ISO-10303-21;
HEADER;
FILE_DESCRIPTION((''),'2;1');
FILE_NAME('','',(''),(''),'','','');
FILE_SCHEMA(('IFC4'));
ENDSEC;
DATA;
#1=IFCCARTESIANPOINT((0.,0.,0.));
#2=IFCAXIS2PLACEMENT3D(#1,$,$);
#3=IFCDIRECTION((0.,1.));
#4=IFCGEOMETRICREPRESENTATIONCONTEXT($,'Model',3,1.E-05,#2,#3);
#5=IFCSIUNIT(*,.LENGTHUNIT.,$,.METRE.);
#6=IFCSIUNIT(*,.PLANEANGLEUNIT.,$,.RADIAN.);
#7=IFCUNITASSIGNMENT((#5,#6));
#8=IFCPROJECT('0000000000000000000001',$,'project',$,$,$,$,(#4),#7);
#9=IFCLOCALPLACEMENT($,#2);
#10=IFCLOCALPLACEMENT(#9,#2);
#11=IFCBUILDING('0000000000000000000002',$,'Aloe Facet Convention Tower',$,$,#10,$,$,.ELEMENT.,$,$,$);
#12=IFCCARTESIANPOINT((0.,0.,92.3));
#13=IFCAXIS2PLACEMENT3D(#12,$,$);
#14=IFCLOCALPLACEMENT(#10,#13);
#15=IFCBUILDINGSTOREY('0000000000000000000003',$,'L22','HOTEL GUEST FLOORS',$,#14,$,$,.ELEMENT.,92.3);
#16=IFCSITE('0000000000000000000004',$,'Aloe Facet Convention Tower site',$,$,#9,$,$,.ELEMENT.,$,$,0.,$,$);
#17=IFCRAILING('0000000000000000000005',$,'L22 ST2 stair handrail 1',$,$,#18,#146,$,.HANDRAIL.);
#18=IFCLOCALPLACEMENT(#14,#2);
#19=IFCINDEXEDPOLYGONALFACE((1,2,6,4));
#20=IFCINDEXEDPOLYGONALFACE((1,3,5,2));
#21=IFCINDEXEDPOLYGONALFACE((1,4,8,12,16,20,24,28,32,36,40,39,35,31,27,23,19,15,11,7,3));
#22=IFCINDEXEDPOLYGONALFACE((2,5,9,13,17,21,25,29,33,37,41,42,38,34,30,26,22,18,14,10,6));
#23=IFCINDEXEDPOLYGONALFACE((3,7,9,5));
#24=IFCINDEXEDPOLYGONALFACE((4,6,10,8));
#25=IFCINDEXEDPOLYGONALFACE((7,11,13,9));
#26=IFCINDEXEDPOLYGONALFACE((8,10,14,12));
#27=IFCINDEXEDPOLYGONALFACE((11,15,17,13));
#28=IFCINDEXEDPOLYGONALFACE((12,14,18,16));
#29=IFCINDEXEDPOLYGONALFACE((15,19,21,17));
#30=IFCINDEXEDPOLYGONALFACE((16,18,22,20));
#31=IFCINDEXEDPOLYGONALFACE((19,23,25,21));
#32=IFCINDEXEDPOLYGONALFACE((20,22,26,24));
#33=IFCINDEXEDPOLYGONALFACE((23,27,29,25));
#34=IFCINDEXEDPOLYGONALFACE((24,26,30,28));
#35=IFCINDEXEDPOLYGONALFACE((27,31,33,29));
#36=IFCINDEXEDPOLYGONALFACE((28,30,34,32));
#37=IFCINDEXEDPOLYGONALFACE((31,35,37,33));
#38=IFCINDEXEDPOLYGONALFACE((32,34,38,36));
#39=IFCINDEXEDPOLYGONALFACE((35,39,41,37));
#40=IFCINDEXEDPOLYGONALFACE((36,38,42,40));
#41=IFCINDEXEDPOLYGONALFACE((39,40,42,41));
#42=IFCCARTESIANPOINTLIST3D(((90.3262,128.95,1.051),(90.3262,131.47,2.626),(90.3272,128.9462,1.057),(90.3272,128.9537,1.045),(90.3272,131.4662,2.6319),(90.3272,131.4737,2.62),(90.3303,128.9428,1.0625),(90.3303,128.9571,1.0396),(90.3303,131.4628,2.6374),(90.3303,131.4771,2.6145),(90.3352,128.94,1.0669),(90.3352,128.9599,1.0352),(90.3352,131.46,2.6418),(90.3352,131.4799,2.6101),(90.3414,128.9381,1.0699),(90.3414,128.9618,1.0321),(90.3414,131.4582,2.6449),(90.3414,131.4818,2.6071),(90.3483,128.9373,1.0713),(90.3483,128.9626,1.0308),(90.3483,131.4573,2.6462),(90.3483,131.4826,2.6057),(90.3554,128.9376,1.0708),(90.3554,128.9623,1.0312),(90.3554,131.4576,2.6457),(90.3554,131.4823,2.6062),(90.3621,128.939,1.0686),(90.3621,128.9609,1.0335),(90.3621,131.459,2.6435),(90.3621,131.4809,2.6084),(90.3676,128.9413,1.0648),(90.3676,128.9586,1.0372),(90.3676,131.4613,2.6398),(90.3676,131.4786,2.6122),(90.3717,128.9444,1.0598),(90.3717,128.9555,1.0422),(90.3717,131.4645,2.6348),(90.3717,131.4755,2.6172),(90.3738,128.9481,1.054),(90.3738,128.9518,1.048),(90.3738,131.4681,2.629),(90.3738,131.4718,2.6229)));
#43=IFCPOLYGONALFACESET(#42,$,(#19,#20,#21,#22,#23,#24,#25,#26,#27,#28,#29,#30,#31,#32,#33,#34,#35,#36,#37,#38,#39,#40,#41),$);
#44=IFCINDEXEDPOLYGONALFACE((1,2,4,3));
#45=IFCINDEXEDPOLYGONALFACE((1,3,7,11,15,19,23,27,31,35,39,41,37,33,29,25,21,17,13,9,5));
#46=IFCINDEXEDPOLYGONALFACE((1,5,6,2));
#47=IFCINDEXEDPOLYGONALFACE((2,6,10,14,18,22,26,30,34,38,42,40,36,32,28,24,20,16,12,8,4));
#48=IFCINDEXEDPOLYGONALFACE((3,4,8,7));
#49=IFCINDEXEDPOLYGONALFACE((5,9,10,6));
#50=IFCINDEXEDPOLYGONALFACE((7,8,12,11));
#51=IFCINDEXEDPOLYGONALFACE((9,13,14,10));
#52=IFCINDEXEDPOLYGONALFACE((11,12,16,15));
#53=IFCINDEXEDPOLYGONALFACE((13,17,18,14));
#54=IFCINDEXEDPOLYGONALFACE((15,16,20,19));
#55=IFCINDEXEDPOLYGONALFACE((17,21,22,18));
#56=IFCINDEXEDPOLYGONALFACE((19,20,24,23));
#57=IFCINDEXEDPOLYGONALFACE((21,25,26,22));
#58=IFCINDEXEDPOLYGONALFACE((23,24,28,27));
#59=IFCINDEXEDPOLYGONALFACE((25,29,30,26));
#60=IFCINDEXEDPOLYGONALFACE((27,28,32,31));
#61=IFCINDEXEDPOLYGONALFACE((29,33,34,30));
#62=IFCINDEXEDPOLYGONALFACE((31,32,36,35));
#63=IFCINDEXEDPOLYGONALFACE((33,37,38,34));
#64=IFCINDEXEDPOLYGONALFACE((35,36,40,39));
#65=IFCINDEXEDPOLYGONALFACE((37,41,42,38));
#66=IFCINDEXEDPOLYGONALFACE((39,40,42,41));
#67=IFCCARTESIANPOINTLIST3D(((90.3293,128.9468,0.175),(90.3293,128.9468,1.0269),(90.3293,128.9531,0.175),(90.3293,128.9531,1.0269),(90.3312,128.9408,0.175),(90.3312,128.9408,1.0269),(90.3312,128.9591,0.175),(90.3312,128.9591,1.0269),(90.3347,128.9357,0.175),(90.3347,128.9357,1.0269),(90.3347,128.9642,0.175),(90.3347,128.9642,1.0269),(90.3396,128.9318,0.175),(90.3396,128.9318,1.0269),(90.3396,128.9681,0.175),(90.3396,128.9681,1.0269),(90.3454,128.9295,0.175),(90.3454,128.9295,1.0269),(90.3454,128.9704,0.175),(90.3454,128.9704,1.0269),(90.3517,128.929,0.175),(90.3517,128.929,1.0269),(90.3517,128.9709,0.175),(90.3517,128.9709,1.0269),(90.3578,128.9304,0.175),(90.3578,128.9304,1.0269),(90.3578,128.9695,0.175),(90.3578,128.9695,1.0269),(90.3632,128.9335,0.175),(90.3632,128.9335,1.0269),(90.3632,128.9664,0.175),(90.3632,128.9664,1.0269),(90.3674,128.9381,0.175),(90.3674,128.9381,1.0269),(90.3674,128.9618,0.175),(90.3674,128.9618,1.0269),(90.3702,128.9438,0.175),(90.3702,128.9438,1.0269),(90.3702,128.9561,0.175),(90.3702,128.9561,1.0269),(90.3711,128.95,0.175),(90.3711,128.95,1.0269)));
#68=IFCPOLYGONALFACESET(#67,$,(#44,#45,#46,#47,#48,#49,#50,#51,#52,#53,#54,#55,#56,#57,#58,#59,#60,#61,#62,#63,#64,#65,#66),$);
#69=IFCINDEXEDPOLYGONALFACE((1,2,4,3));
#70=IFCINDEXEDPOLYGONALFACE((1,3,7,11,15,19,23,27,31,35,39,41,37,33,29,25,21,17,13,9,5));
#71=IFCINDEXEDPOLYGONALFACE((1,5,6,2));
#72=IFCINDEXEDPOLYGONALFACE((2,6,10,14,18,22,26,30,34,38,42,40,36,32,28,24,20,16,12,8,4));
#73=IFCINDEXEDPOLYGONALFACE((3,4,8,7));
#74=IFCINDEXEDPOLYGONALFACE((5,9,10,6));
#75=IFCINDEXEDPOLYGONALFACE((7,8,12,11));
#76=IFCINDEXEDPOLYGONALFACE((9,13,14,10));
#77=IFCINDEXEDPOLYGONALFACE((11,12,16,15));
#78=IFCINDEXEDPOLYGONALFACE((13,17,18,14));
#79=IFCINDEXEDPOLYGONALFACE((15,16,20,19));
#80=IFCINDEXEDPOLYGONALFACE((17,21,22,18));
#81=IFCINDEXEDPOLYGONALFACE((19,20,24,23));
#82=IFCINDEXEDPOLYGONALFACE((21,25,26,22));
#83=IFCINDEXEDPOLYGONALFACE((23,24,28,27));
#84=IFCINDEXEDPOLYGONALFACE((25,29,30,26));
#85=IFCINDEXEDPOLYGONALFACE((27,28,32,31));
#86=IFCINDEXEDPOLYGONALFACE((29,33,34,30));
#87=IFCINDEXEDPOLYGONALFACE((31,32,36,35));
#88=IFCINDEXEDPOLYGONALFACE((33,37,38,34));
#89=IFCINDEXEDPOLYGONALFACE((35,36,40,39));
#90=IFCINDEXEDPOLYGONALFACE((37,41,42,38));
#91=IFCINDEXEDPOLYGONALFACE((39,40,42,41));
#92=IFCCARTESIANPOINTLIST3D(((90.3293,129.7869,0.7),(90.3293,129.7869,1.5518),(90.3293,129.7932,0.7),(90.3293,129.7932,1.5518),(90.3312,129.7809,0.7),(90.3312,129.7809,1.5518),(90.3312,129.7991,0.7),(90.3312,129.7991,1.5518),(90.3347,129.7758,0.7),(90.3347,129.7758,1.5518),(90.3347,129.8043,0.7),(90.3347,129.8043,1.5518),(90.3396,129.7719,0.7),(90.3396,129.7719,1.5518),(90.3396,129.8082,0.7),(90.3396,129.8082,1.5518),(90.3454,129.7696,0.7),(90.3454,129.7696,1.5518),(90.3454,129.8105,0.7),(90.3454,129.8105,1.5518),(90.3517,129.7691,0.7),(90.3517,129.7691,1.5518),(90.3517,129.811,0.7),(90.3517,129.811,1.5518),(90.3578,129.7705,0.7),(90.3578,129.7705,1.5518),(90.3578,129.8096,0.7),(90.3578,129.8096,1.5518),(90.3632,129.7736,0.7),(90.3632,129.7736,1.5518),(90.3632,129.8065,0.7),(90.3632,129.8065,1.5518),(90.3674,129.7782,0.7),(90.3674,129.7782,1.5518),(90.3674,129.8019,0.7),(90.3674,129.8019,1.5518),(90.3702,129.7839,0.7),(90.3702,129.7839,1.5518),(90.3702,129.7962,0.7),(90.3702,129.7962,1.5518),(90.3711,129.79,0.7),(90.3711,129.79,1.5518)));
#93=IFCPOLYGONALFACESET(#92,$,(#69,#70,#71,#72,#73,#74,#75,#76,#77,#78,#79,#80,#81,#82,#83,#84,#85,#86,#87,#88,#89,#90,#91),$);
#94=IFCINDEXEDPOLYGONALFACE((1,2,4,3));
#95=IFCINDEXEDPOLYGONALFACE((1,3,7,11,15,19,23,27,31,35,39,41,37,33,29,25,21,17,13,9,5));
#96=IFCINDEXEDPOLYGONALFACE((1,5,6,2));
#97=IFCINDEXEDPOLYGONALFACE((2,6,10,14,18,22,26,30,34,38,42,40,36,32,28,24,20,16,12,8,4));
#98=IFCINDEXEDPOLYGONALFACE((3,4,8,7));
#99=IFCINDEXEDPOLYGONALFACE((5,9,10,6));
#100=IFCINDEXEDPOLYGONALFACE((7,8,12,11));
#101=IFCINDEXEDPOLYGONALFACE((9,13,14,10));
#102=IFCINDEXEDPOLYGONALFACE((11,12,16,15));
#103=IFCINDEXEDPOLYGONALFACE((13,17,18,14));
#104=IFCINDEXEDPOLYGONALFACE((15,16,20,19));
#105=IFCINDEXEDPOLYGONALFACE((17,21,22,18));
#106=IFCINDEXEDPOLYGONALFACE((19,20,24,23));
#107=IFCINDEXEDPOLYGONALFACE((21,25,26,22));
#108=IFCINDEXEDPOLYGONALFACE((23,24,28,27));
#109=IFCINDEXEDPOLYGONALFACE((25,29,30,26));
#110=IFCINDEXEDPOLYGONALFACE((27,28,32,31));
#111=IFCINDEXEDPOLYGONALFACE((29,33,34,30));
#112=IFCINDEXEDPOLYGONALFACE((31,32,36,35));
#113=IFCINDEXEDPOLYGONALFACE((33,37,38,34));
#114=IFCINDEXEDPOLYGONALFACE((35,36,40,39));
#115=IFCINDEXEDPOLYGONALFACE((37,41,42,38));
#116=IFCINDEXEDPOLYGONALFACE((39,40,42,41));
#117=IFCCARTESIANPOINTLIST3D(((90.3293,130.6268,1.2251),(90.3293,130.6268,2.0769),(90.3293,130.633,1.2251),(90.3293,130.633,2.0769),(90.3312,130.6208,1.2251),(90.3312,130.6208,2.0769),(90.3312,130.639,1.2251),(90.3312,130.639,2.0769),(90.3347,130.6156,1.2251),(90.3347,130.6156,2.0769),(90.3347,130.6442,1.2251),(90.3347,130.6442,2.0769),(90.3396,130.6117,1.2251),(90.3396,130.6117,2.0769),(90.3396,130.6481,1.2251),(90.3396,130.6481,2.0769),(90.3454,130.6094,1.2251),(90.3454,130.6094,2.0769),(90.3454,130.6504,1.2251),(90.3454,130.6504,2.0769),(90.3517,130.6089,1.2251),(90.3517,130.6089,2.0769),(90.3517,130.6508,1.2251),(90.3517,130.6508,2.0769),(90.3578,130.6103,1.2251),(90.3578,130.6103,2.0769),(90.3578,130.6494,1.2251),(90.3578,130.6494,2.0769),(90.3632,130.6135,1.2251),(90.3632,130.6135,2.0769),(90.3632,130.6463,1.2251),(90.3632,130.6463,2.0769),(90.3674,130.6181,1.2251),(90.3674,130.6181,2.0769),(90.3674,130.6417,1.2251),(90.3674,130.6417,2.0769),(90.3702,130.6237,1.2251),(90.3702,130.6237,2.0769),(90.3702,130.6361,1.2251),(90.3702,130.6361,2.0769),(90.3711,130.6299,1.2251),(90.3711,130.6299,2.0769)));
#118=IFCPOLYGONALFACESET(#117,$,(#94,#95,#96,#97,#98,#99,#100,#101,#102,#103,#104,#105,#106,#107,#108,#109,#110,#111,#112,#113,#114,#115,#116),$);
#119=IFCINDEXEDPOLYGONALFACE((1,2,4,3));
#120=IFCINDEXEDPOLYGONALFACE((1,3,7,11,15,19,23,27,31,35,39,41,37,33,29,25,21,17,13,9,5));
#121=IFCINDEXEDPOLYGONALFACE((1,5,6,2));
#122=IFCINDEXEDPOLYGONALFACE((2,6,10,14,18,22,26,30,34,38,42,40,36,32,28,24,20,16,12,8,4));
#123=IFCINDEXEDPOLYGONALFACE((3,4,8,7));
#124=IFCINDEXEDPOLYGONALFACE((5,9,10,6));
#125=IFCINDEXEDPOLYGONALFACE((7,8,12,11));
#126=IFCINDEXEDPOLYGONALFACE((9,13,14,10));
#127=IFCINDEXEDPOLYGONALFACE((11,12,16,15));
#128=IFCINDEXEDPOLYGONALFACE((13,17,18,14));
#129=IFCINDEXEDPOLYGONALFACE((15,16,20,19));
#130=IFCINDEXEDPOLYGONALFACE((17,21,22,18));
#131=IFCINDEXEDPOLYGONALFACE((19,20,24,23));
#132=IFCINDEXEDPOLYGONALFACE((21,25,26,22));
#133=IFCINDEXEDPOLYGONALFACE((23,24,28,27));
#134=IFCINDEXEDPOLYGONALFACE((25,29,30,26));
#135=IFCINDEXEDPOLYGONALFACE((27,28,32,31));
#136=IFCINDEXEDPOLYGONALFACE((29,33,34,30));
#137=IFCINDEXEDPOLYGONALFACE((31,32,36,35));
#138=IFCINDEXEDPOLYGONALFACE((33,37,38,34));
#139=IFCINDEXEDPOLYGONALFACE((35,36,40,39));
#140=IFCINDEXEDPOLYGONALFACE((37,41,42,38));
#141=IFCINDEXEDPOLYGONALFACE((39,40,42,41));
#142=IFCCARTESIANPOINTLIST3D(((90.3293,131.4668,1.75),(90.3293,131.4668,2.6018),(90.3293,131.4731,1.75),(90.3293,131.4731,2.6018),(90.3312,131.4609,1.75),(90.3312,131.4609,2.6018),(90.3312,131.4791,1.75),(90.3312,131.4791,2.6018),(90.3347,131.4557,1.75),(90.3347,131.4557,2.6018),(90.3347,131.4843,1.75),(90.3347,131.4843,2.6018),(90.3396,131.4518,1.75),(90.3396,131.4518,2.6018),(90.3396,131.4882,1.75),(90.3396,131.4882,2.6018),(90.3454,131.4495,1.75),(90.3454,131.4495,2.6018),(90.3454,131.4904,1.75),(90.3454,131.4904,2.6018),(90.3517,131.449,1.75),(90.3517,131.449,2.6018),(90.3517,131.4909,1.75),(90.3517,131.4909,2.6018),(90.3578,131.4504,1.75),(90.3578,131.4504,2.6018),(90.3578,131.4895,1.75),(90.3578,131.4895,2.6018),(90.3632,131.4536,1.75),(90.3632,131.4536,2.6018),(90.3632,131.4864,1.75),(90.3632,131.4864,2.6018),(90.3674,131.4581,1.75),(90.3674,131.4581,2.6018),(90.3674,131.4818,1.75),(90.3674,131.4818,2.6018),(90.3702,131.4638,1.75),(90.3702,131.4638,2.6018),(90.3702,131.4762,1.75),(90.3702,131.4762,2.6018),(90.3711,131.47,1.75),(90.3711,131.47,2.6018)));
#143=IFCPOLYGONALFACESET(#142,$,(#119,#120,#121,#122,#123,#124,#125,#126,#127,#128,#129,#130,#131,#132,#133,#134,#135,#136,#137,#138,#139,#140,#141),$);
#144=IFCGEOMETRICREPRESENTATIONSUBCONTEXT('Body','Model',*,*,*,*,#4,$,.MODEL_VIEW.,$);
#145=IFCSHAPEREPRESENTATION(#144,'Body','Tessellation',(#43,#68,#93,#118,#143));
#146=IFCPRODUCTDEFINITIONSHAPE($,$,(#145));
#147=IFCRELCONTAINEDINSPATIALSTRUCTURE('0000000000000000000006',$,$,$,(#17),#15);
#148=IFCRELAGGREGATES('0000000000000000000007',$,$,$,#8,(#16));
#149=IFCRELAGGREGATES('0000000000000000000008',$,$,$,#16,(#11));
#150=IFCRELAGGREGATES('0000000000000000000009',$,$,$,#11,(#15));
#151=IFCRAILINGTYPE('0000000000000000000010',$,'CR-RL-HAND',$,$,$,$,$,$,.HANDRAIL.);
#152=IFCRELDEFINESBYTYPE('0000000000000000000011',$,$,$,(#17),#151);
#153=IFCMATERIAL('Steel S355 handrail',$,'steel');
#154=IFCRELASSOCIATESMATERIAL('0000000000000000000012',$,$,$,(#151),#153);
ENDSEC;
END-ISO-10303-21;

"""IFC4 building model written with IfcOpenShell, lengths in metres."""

from ifc_helpers import new_model, si_unit, direction, frame, origin, origin_2d, place, context, subcontext, project, spatial, circle, extrude, material, type_object, element, save


model = new_model("IFC4")

# Units and contexts
model_context = context("Model", 3, precision=1e-05, world=origin(), true_north=direction((0.0, 1.0)))
body_context = subcontext(model_context, "Body", "Model", "MODEL_VIEW")
ifc_project = project(units=[si_unit("LENGTHUNIT", "METRE"), si_unit("PLANEANGLEUNIT", "RADIAN")], contexts=[model_context])

# Site, building, storey
site_placement = place(None, origin())
site = spatial("IfcSite", under=ifc_project, at=site_placement, Name="Aloe Facet Convention Tower site", CompositionType="ELEMENT", RefElevation=0.0)
building_placement = place(site_placement, origin())
building = spatial("IfcBuilding", under=site, at=building_placement, Name="Aloe Facet Convention Tower", CompositionType="ELEMENT")
storey_placement = place(building_placement, frame((0.0, 0.0, 92.3)))
storey = spatial("IfcBuildingStorey", under=building, at=storey_placement, Name="L22", Description="HOTEL GUEST FLOORS", CompositionType="ELEMENT", Elevation=92.3)

# Railing
ifc_material_1 = material(Name="Steel S355 handrail", Category="steel")
railing_type_1 = type_object("IfcRailingType", Name="CR-RL-HAND", PredefinedType="HANDRAIL", material=ifc_material_1)
railing_1_placement = place(storey_placement, frame((90.3501, 128.95, 0.175)))
element("IfcRailing", 1, at=railing_1_placement, inside=storey, type_object=railing_type_1, Name="L22 ST2 stair handrail 1", PredefinedType="HANDRAIL", context=body_context, shape_type="SweptSolid", body=[
    extrude(circle(Radius=0.0239, at=origin_2d()), frame((0.0, 0.0, 0.876), z_axis=(0.0, 0.848008, 0.529984), x_axis=(-1.0, 0.0, 0.0)), (0.0, 0.0, 1.0), 2.9717),
    extrude(circle(Radius=0.021, at=origin_2d()), origin(), (0.0, 0.0, 1.0), 0.8518),
    extrude(circle(Radius=0.021, at=origin_2d()), frame((0.0, 0.8401, 0.5249)), (0.0, 0.0, 1.0), 0.8518),
    extrude(circle(Radius=0.021, at=origin_2d()), frame((0.0, 1.6799, 1.05)), (0.0, 0.0, 1.0), 0.8518),
    extrude(circle(Radius=0.021, at=origin_2d()), frame((0.0, 2.52, 1.575)), (0.0, 0.0, 1.0), 0.8518),
])

save(model, "model.ifc")
